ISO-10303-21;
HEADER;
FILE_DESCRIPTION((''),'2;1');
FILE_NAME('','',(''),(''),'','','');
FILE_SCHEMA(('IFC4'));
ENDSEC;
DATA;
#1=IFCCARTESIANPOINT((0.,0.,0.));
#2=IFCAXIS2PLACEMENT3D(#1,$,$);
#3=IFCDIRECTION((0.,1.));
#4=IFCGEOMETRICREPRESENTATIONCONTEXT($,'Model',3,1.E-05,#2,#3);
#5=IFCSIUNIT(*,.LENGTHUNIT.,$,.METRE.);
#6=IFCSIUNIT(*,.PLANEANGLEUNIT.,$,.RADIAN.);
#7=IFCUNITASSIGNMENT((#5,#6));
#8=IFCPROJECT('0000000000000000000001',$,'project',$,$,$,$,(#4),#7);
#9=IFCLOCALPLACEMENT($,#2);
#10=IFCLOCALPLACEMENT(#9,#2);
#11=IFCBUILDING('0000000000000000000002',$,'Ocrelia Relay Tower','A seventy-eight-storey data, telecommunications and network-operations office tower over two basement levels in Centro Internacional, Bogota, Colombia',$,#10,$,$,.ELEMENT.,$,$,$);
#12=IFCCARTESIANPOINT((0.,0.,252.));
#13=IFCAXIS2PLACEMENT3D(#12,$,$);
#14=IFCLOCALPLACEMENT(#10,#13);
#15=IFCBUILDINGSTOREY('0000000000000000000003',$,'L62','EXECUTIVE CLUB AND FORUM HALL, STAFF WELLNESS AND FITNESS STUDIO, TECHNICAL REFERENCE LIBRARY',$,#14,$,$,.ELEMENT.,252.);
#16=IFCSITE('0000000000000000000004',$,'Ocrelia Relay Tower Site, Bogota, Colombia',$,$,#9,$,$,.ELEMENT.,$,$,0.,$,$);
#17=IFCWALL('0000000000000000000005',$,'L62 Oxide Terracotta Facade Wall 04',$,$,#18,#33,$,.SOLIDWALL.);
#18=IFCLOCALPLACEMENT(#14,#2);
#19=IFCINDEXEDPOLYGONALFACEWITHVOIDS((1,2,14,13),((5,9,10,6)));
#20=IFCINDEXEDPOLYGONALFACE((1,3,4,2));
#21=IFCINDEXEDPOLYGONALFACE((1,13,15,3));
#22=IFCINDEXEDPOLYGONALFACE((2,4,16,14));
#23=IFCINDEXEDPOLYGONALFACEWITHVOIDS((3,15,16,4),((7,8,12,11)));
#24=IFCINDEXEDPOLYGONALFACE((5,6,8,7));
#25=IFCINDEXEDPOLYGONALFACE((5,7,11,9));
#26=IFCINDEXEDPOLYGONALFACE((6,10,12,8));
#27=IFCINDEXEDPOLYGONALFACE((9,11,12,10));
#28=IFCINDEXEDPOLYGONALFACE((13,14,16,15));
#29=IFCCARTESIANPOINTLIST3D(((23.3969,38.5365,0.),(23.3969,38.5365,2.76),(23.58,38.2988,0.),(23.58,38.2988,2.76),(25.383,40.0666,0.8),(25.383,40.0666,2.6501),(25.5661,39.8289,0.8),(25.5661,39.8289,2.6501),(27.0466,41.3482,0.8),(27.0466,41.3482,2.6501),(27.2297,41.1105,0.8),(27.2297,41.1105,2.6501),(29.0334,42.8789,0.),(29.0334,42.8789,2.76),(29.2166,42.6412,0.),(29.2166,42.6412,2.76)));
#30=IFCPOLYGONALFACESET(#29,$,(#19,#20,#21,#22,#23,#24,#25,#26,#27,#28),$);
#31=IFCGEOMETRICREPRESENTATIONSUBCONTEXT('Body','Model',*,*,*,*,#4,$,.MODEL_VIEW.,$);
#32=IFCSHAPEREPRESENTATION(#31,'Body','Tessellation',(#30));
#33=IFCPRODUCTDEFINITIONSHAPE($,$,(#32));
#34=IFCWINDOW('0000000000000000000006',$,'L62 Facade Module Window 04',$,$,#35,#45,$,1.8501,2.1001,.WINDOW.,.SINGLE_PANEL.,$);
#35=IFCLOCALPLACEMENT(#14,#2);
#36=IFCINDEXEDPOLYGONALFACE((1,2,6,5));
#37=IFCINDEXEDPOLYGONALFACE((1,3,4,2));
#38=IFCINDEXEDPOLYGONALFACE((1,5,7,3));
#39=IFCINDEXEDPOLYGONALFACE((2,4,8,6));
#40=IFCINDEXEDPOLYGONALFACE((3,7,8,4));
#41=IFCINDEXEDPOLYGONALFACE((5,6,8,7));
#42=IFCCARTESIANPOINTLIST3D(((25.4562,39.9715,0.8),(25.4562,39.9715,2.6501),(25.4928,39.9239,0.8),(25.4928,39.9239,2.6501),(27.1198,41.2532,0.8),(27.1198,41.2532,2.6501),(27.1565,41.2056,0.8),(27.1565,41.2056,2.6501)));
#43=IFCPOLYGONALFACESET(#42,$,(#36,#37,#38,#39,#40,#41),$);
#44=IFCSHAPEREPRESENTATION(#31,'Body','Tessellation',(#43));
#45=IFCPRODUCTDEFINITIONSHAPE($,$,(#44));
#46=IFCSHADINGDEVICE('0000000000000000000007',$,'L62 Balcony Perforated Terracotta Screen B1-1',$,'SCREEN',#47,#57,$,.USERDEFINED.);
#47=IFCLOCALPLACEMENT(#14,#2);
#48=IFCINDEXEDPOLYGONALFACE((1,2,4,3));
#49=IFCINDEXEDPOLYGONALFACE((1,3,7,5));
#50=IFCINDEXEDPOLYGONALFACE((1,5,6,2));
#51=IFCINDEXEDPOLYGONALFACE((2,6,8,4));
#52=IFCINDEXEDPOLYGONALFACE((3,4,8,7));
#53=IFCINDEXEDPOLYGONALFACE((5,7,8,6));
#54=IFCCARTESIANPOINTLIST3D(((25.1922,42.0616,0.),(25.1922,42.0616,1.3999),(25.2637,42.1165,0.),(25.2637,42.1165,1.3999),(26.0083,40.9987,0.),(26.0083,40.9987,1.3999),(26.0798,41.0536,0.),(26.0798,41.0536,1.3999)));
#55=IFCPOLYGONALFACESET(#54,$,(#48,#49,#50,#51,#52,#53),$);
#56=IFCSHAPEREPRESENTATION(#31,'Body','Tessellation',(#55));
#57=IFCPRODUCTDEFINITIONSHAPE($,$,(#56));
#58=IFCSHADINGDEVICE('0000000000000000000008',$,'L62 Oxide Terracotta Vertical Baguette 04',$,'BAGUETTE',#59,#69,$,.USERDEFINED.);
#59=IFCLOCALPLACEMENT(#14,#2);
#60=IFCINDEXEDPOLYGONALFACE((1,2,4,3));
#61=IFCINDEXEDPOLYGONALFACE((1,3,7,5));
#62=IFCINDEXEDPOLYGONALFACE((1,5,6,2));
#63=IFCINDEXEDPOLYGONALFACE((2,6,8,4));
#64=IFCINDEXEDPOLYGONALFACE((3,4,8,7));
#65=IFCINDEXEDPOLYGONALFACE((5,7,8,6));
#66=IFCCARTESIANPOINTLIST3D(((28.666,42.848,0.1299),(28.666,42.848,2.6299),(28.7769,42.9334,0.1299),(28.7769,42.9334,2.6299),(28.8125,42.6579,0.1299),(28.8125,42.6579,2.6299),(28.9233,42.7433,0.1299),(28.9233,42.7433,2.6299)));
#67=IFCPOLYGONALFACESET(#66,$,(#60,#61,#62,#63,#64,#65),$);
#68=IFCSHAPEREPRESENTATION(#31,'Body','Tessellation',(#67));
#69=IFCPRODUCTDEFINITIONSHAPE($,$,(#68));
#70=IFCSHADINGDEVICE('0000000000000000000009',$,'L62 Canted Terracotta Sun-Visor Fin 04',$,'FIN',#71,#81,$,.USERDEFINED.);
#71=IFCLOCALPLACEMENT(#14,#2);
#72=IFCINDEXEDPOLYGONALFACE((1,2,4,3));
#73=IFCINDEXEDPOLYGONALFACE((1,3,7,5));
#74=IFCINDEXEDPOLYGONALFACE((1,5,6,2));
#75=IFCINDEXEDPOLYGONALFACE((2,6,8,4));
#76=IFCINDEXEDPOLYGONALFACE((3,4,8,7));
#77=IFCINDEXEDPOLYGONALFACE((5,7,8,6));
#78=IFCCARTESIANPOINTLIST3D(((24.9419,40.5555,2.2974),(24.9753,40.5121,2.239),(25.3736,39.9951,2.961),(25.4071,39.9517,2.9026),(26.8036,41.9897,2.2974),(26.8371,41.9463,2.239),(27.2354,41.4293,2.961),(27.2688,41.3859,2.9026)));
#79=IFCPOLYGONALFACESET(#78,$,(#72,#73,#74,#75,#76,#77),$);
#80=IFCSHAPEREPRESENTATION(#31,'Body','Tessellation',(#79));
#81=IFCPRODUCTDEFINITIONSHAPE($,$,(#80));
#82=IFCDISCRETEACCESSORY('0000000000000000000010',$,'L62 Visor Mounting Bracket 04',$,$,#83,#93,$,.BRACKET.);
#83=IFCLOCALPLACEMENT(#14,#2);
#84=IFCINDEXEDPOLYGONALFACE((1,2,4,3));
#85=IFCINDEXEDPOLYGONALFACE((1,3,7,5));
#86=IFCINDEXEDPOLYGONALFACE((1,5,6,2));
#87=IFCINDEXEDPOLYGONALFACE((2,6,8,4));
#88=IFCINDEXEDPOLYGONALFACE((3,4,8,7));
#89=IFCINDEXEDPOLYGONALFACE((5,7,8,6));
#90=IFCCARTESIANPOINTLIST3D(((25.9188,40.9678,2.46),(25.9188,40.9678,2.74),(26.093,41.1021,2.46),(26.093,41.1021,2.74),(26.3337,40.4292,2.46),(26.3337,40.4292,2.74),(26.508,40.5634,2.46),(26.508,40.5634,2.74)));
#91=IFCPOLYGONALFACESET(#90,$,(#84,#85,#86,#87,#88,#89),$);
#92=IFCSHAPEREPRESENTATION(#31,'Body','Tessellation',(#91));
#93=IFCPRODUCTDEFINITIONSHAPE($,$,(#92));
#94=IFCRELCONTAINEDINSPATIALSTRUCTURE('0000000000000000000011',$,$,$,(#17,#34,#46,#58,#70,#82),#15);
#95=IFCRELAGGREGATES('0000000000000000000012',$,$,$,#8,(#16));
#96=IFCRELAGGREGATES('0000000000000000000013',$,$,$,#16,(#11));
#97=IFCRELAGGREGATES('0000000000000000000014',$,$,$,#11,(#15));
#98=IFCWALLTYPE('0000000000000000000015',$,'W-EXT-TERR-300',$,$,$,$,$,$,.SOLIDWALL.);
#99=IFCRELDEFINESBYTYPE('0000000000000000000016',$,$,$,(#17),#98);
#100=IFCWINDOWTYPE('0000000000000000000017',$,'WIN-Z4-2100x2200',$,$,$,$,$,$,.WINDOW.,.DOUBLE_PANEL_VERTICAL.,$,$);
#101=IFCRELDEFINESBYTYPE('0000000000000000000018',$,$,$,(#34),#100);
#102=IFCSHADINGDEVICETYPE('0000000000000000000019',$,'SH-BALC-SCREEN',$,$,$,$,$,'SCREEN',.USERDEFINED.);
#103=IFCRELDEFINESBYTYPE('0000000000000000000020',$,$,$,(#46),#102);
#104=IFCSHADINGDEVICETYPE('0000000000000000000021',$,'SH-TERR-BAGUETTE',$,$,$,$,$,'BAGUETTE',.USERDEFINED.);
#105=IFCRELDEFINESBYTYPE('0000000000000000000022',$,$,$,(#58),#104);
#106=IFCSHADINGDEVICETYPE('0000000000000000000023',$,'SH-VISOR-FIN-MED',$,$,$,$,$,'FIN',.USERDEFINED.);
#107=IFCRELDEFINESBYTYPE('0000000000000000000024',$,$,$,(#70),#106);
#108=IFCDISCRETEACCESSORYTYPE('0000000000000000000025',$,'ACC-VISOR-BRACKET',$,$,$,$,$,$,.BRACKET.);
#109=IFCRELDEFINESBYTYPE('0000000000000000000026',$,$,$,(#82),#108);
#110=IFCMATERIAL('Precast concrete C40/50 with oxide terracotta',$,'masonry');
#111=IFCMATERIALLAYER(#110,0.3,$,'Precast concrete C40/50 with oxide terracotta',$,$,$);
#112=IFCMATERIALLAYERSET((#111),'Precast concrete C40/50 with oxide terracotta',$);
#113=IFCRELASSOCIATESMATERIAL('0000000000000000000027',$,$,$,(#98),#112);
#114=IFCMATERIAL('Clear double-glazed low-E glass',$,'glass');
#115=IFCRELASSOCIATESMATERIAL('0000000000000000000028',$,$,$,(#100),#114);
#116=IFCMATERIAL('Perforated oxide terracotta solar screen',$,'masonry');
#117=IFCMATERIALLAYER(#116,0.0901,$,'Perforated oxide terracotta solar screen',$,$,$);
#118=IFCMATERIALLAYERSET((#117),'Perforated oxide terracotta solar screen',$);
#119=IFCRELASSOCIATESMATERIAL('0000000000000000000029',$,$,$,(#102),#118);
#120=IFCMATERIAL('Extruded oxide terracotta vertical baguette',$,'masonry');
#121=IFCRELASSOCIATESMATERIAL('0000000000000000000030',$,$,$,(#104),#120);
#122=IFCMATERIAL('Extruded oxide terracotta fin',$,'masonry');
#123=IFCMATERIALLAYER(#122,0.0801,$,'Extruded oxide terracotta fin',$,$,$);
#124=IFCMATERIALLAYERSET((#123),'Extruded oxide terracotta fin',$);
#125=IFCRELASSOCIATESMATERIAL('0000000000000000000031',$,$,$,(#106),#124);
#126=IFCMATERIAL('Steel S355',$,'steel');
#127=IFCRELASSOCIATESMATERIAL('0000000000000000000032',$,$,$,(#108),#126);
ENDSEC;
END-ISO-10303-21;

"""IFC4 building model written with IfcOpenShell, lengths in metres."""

from ifc_helpers import new_model, si_unit, direction, frame, frame_2d, origin, origin_2d, place, context, subcontext, project, spatial, rectangle, extrude, material, layer, layer_set, type_object, element, fill, save


model = new_model("IFC4")

# Units and contexts
model_context = context("Model", 3, precision=1e-05, world=origin(), true_north=direction((0.0, 1.0)))
body_context = subcontext(model_context, "Body", "Model", "MODEL_VIEW")
ifc_project = project(units=[si_unit("LENGTHUNIT", "METRE"), si_unit("PLANEANGLEUNIT", "RADIAN")], contexts=[model_context])

# Site, building, storey
site_placement = place(None, origin())
site = spatial("IfcSite", under=ifc_project, at=site_placement, Name="Ocrelia Relay Tower Site, Bogota, Colombia", CompositionType="ELEMENT", RefElevation=0.0)
building_placement = place(site_placement, origin())
building = spatial("IfcBuilding", under=site, at=building_placement, Name="Ocrelia Relay Tower", Description="A seventy-eight-storey data, telecommunications and network-operations office tower over two basement levels in Centro Internacional, Bogota, Colombia", CompositionType="ELEMENT")
storey_placement = place(building_placement, frame((0.0, 0.0, 252.0)))
storey = spatial("IfcBuildingStorey", under=building, at=storey_placement, Name="L62", Description="EXECUTIVE CLUB AND FORUM HALL, STAFF WELLNESS AND FITNESS STUDIO, TECHNICAL REFERENCE LIBRARY", CompositionType="ELEMENT", Elevation=252.0)

# Shared definitions
ifc_material_1 = material(Name="Steel S355", Category="steel")

# Wall, opening, window
ifc_material_2 = material(Name="Precast concrete C40/50 with oxide terracotta", Category="masonry")
ifc_layer_1 = layer(ifc_material_2, 0.3, Name="Precast concrete C40/50 with oxide terracotta")
ifc_layer_set_1 = layer_set([ifc_layer_1], Name="Precast concrete C40/50 with oxide terracotta")
wall_type_1 = type_object("IfcWallType", Name="W-EXT-TERR-300", PredefinedType="SOLIDWALL", material=ifc_layer_set_1)
wall_1_placement = place(storey_placement, frame((29.125, 42.76, 0.0), z_axis=(0.0, 0.0, 1.0), x_axis=(-0.79218, -0.610288, 0.0)))
wall_1 = element("IfcWall", 1, at=wall_1_placement, inside=storey, type_object=wall_type_1, Name="L62 Oxide Terracotta Facade Wall 04", PredefinedType="SOLIDWALL", context=body_context, shape_type="SweptSolid", body=[
    extrude(rectangle(XDim=7.1152, YDim=0.3, at=frame_2d((3.5576, 0.0))), origin(), (0.0, 0.0, 1.0), 2.76),
])
opening_1_placement = place(wall_1_placement, frame((2.5081, 0.0, 0.8)))
opening_1 = element("IfcOpeningElement", 2, at=opening_1_placement, cuts=wall_1, PredefinedType="OPENING", context=body_context, shape_type="SweptSolid", body=[
    extrude(rectangle(XDim=2.1001, YDim=1.8501, at=frame_2d((1.05, 0.925))), frame((0.0, 0.1602, 0.0), z_axis=(0.0, -1.0, 0.0), x_axis=(1.0, 0.0, 0.0)), (0.0, 0.0, 1.0), 0.3201),
])
ifc_material_3 = material(Name="Clear double-glazed low-E glass", Category="glass")
window_type = type_object("IfcWindowType", Name="WIN-Z4-2100x2200", PartitioningType="DOUBLE_PANEL_VERTICAL", PredefinedType="WINDOW", material=ifc_material_3)
window_placement = place(opening_1_placement, origin())
window = element("IfcWindow", 3, at=window_placement, inside=storey, type_object=window_type, Name="L62 Facade Module Window 04", OverallHeight=1.8501, OverallWidth=2.1001, PartitioningType="SINGLE_PANEL", PredefinedType="WINDOW", context=body_context, shape_type="SweptSolid", body=[
    extrude(rectangle(XDim=2.1001, YDim=1.8501, at=frame_2d((1.05, 0.925))), frame((0.0, 0.03, 0.0), z_axis=(0.0, -1.0, 0.0), x_axis=(1.0, 0.0, 0.0)), (0.0, 0.0, 1.0), 0.0601),
])
fill(opening_1, window)

# Shading devices
ifc_material_4 = material(Name="Perforated oxide terracotta solar screen", Category="masonry")
ifc_layer_2 = layer(ifc_material_4, 0.0901, Name="Perforated oxide terracotta solar screen")
ifc_layer_set_2 = layer_set([ifc_layer_2], Name="Perforated oxide terracotta solar screen")
shading_device_type_1 = type_object("IfcShadingDeviceType", Name="SH-BALC-SCREEN", ElementType="SCREEN", PredefinedType="USERDEFINED", material=ifc_layer_set_2)
shading_device_1_placement = place(storey_placement, frame((25.636, 41.5576, 0.0), z_axis=(0.0, 0.0, 1.0), x_axis=(-0.60901, 0.793163, 0.0)))
element("IfcShadingDevice", 4, at=shading_device_1_placement, inside=storey, type_object=shading_device_type_1, Name="L62 Balcony Perforated Terracotta Screen B1-1", ObjectType="SCREEN", PredefinedType="USERDEFINED", context=body_context, shape_type="SweptSolid", body=[
    extrude(rectangle(XDim=1.3401, YDim=0.0901, at=origin_2d()), origin(), (0.0, 0.0, 1.0), 1.3999),
])
ifc_material_5 = material(Name="Extruded oxide terracotta vertical baguette", Category="masonry")
shading_device_type_2 = type_object("IfcShadingDeviceType", Name="SH-TERR-BAGUETTE", ElementType="BAGUETTE", PredefinedType="USERDEFINED", material=ifc_material_5)
shading_device_2_placement = place(storey_placement, frame((28.7947, 42.7957, 0.1299), z_axis=(0.0, 0.0, 1.0), x_axis=(-0.792192, -0.610272, 0.0)))
element("IfcShadingDevice", 5, at=shading_device_2_placement, inside=storey, type_object=shading_device_type_2, Name="L62 Oxide Terracotta Vertical Baguette 04", ObjectType="BAGUETTE", PredefinedType="USERDEFINED", context=body_context, shape_type="SweptSolid", body=[
    extrude(rectangle(XDim=0.1399, YDim=0.24, at=origin_2d()), origin(), (0.0, 0.0, 1.0), 2.5),
])
ifc_material_6 = material(Name="Extruded oxide terracotta fin", Category="masonry")
ifc_layer_3 = layer(ifc_material_6, 0.0801, Name="Extruded oxide terracotta fin")
ifc_layer_set_3 = layer_set([ifc_layer_3], Name="Extruded oxide terracotta fin")
shading_device_type_3 = type_object("IfcShadingDeviceType", Name="SH-VISOR-FIN-MED", ElementType="FIN", PredefinedType="USERDEFINED", material=ifc_layer_set_3)
shading_device_3_placement = place(storey_placement, frame((26.1221, 40.949, 2.5708), z_axis=(-0.417527, 0.54199, 0.729327), x_axis=(-0.792192, -0.610272, 0.0)))
element("IfcShadingDevice", 6, at=shading_device_3_placement, inside=storey, type_object=shading_device_type_3, Name="L62 Canted Terracotta Sun-Visor Fin 04", ObjectType="FIN", PredefinedType="USERDEFINED", context=body_context, shape_type="SweptSolid", body=[
    extrude(rectangle(XDim=2.3501, YDim=0.97, at=origin_2d()), origin(), (0.0, 0.0, 1.0), 0.0801),
])

# Discrete accessory
discrete_accessory_type = type_object("IfcDiscreteAccessoryType", Name="ACC-VISOR-BRACKET", PredefinedType="BRACKET", material=ifc_material_1)
discrete_accessory_placement = place(storey_placement, frame((26.2134, 40.7656, 2.46), z_axis=(0.0, 0.0, 1.0), x_axis=(-0.792192, -0.610272, 0.0)))
element("IfcDiscreteAccessory", 7, at=discrete_accessory_placement, inside=storey, type_object=discrete_accessory_type, Name="L62 Visor Mounting Bracket 04", PredefinedType="BRACKET", context=body_context, shape_type="SweptSolid", body=[
    extrude(rectangle(XDim=0.22, YDim=0.6799, at=origin_2d()), origin(), (0.0, 0.0, 1.0), 0.28),
])

save(model, "model.ifc")
